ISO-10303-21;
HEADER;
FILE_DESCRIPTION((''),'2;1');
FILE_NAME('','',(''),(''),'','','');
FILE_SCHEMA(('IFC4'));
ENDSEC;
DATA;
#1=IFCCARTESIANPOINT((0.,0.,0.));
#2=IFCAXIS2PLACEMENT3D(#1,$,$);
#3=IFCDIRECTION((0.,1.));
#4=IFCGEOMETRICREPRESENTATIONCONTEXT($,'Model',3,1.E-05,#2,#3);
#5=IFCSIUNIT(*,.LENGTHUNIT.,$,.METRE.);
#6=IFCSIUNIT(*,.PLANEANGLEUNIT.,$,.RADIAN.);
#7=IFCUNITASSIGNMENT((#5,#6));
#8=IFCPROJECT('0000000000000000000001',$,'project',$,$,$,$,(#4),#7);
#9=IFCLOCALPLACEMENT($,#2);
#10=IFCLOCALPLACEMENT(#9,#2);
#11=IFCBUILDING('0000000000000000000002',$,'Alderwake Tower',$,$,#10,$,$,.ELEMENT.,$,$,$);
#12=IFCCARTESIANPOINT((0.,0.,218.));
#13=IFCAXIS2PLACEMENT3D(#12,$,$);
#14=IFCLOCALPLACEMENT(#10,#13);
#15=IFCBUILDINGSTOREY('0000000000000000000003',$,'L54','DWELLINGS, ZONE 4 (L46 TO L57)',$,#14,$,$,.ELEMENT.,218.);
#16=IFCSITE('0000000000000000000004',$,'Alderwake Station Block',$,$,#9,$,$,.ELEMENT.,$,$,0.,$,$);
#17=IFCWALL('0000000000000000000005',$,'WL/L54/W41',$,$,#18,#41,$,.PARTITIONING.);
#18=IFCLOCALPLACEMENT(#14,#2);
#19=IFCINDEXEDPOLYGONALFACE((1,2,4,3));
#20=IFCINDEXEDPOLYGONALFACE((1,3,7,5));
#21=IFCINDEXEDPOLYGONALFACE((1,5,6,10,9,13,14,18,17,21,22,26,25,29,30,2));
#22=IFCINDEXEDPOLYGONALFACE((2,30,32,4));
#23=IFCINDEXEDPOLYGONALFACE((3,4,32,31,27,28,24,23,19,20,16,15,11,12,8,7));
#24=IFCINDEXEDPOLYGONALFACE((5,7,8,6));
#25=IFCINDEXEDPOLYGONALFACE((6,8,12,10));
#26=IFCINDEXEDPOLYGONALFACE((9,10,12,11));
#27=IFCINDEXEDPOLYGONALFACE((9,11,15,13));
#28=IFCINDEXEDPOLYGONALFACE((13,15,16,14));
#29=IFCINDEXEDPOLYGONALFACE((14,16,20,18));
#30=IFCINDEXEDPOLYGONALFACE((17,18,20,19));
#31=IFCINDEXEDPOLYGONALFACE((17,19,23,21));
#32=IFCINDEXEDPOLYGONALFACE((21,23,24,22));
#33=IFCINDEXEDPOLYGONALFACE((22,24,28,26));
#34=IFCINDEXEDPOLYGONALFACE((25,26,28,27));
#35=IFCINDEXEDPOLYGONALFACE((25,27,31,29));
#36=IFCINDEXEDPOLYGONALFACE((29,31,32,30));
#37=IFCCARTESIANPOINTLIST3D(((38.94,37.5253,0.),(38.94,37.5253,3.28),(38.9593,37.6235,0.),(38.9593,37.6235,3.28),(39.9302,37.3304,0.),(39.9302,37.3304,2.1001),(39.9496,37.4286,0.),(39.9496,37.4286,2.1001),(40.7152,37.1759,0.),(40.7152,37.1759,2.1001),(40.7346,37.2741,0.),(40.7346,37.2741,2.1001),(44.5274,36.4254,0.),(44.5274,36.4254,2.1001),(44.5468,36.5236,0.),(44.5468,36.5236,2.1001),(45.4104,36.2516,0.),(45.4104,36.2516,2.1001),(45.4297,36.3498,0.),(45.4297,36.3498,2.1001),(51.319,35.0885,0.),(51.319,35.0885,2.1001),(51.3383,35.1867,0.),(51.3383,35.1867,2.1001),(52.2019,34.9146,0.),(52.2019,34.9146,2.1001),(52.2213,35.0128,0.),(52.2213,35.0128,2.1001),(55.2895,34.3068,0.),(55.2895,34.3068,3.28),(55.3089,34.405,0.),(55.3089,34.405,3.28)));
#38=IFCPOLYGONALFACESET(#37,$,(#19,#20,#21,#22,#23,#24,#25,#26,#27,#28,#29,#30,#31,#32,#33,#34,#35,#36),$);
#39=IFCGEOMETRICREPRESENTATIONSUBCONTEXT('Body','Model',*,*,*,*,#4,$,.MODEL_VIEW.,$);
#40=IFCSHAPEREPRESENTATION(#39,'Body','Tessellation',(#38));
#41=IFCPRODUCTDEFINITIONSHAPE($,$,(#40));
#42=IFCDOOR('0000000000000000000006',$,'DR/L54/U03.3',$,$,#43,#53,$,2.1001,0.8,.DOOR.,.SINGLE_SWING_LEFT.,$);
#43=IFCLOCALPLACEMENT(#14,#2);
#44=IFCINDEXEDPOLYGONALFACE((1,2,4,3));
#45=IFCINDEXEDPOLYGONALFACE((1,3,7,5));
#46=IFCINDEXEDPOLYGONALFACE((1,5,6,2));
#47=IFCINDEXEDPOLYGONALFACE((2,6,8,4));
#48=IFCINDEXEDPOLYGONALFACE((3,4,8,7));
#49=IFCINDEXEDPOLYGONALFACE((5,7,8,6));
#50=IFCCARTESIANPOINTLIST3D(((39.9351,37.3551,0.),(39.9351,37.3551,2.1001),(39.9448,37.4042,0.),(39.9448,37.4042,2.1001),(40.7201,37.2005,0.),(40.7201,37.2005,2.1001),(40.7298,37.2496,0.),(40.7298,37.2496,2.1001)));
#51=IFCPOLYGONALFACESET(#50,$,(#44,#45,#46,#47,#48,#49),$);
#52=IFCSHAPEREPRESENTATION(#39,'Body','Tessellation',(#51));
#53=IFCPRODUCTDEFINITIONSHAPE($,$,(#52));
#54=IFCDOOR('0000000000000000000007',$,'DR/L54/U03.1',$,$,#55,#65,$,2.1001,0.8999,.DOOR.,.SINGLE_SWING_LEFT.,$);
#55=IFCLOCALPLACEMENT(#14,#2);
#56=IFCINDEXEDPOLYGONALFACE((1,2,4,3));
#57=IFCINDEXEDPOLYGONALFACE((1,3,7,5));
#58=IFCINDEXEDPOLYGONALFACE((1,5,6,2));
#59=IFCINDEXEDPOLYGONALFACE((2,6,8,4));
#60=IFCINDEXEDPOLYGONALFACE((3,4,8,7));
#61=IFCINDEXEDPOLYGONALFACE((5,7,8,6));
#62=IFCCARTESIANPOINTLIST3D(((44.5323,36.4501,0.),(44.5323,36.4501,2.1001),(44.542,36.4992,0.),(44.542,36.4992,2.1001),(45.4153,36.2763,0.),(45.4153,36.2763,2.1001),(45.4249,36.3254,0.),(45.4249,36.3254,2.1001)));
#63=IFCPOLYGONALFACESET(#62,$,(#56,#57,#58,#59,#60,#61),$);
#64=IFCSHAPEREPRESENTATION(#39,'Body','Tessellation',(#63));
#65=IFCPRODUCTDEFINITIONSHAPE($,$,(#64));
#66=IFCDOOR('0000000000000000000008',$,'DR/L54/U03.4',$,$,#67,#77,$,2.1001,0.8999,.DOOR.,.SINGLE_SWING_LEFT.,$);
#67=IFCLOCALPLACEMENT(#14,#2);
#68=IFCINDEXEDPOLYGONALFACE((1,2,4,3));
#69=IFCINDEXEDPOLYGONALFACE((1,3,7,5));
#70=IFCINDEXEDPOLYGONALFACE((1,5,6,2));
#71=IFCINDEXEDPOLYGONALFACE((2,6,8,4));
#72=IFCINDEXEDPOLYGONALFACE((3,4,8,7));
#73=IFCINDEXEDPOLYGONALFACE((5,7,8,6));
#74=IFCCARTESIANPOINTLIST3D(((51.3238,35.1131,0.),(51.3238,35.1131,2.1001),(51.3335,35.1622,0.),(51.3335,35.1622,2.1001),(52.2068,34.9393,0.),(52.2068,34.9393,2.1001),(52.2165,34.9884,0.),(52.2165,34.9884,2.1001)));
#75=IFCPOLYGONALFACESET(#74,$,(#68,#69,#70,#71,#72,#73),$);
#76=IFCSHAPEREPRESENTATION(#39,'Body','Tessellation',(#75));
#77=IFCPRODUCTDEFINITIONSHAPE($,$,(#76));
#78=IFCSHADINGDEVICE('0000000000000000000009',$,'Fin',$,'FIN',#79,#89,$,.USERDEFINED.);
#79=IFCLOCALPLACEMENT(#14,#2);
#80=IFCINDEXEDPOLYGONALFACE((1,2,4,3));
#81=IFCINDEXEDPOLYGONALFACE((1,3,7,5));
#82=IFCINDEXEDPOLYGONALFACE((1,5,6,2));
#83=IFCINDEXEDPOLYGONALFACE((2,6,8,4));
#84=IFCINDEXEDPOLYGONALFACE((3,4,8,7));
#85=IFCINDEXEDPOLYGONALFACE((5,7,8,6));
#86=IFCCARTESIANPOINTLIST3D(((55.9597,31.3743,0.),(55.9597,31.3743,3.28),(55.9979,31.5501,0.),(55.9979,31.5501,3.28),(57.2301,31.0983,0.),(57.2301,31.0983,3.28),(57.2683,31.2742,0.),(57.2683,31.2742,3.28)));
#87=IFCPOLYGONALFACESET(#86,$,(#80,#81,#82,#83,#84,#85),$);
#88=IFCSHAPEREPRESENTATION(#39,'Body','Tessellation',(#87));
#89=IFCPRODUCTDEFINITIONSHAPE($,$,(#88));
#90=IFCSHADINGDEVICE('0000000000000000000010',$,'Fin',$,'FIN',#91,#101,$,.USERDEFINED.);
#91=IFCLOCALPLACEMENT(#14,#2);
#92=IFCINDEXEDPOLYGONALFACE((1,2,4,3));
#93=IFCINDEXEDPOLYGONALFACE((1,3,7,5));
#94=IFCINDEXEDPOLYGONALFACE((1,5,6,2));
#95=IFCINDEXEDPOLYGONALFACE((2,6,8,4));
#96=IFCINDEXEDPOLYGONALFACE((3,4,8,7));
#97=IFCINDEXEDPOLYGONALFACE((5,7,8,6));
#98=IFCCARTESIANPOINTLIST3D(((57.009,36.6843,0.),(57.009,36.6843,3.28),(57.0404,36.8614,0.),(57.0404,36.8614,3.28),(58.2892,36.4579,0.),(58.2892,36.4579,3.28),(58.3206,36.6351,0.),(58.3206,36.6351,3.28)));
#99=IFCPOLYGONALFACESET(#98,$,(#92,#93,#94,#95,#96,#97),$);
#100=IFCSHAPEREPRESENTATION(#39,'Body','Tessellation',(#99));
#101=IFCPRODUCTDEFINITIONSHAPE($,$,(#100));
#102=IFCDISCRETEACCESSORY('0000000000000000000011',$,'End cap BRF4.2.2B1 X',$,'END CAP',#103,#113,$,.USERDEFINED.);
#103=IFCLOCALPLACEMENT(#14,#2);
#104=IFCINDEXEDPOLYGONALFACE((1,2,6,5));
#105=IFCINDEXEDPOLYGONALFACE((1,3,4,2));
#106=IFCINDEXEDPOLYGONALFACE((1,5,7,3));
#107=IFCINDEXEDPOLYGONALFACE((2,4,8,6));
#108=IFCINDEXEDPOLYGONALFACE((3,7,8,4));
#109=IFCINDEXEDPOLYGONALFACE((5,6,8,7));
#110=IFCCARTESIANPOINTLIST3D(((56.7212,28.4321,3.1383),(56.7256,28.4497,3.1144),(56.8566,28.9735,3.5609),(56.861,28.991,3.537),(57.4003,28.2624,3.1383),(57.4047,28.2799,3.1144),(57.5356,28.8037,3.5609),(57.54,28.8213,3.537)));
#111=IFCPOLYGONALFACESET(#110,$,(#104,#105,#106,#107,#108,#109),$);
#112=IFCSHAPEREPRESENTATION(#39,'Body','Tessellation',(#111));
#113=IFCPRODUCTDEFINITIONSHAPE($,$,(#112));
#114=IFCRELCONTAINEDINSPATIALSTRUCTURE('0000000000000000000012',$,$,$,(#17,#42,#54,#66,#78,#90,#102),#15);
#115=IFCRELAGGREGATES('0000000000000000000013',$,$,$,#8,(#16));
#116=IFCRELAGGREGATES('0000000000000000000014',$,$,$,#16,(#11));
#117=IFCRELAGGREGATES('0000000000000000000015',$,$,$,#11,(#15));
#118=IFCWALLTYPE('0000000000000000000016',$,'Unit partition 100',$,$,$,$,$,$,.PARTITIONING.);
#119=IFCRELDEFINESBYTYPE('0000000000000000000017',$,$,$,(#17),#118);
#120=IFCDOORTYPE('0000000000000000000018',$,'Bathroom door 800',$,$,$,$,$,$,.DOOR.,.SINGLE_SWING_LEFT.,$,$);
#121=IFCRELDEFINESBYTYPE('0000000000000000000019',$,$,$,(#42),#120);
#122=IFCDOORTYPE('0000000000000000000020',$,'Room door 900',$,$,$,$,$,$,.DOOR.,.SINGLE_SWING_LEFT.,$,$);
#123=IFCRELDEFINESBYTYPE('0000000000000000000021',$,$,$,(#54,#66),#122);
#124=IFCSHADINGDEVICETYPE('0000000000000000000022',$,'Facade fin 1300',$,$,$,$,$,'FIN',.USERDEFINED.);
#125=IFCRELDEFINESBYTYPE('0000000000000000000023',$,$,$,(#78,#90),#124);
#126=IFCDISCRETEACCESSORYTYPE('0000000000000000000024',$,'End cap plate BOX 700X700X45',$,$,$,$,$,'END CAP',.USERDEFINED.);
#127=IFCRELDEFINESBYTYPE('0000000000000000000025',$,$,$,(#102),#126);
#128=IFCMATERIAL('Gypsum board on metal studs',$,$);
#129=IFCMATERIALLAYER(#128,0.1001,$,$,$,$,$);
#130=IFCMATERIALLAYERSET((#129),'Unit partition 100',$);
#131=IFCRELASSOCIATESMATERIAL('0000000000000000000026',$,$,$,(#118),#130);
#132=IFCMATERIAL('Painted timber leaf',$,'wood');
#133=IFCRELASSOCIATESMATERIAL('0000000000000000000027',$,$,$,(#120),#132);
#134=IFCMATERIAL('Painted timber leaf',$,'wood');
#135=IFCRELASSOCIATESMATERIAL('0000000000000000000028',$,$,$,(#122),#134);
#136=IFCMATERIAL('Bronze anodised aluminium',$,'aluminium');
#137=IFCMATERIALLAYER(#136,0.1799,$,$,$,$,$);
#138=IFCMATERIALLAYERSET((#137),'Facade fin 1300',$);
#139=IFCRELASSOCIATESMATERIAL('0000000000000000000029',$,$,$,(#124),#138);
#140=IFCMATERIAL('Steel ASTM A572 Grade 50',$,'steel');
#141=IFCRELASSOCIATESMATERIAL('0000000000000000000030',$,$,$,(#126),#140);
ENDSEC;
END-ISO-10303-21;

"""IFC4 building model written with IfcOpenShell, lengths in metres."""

from ifc_helpers import new_model, si_unit, direction, frame, frame_2d, origin, origin_2d, place, context, subcontext, project, spatial, rectangle, extrude, material, layer, layer_set, material_profile, profile_set, type_object, element, fill, save


model = new_model("IFC4")

# Units and contexts
model_context = context("Model", 3, precision=1e-05, world=origin(), true_north=direction((0.0, 1.0)))
body_context = subcontext(model_context, "Body", "Model", "MODEL_VIEW")
ifc_project = project(units=[si_unit("LENGTHUNIT", "METRE"), si_unit("PLANEANGLEUNIT", "RADIAN")], contexts=[model_context])

# Site, building, storey
site_placement = place(None, origin())
site = spatial("IfcSite", under=ifc_project, at=site_placement, Name="Alderwake Station Block", CompositionType="ELEMENT", RefElevation=0.0)
building_placement = place(site_placement, origin())
building = spatial("IfcBuilding", under=site, at=building_placement, Name="Alderwake Tower", CompositionType="ELEMENT")
storey_placement = place(building_placement, frame((0.0, 0.0, 218.0)))
storey = spatial("IfcBuildingStorey", under=building, at=storey_placement, Name="L54", Description="DWELLINGS, ZONE 4 (L46 TO L57)", CompositionType="ELEMENT", Elevation=218.0)

# Wall, openings, doors
ifc_material_1 = material(Name="Gypsum board on metal studs")
ifc_layer_1 = layer(ifc_material_1, 0.1001)
ifc_layer_set_1 = layer_set([ifc_layer_1], Name="Unit partition 100")
wall_type_1 = type_object("IfcWallType", Name="Unit partition 100", PredefinedType="PARTITIONING", material=ifc_layer_set_1)
wall_1_placement = place(storey_placement, frame((55.2991, 34.356, 0.0), z_axis=(0.0, 0.0, 1.0), x_axis=(-0.98117, 0.193148, 0.0)))
wall_1 = element("IfcWall", 1, at=wall_1_placement, inside=storey, type_object=wall_type_1, Name="WL/L54/W41", PredefinedType="PARTITIONING", context=body_context, shape_type="SweptSolid", body=[
    extrude(rectangle(XDim=16.6633, YDim=0.1001, at=frame_2d((8.3315, 0.0))), origin(), (0.0, 0.0, 1.0), 3.28),
])
opening_1_placement = place(wall_1_placement, frame((10.0686, 0.0, 0.0)))
opening_1 = element("IfcOpeningElement", 2, at=opening_1_placement, cuts=wall_1, PredefinedType="OPENING", context=body_context, shape_type="SweptSolid", body=[
    extrude(rectangle(XDim=0.8999, YDim=2.1001, at=frame_2d((0.45, 1.05))), frame((0.0, 0.0601, 0.0), z_axis=(0.0, -1.0, 0.0), x_axis=(1.0, 0.0, 0.0)), (0.0, 0.0, 1.0), 0.1201),
])
opening_2_placement = place(wall_1_placement, frame((14.854, 0.0, 0.0)))
opening_2 = element("IfcOpeningElement", 3, at=opening_2_placement, cuts=wall_1, PredefinedType="OPENING", context=body_context, shape_type="SweptSolid", body=[
    extrude(rectangle(XDim=0.8, YDim=2.1001, at=frame_2d((0.3999, 1.05))), frame((0.0, 0.0601, 0.0), z_axis=(0.0, -1.0, 0.0), x_axis=(1.0, 0.0, 0.0)), (0.0, 0.0, 1.0), 0.1201),
])
opening_3_placement = place(wall_1_placement, frame((3.1467, 0.0, 0.0)))
opening_3 = element("IfcOpeningElement", 4, at=opening_3_placement, cuts=wall_1, PredefinedType="OPENING", context=body_context, shape_type="SweptSolid", body=[
    extrude(rectangle(XDim=0.8999, YDim=2.1001, at=frame_2d((0.45, 1.05))), frame((0.0, 0.0601, 0.0), z_axis=(0.0, -1.0, 0.0), x_axis=(1.0, 0.0, 0.0)), (0.0, 0.0, 1.0), 0.1201),
])
ifc_material_2 = material(Name="Painted timber leaf", Category="wood")
door_type_1 = type_object("IfcDoorType", Name="Bathroom door 800", OperationType="SINGLE_SWING_LEFT", PredefinedType="DOOR", material=ifc_material_2)
door_1_placement = place(opening_2_placement, origin())
door_1 = element("IfcDoor", 5, at=door_1_placement, inside=storey, type_object=door_type_1, Name="DR/L54/U03.3", OperationType="SINGLE_SWING_LEFT", OverallHeight=2.1001, OverallWidth=0.8, PredefinedType="DOOR", context=body_context, shape_type="SweptSolid", body=[
    extrude(rectangle(XDim=0.8, YDim=2.1001, at=frame_2d((0.3999, 1.05))), frame((0.0, 0.0249, 0.0), z_axis=(0.0, -1.0, 0.0), x_axis=(1.0, 0.0, 0.0)), (0.0, 0.0, 1.0), 0.05),
])
fill(opening_2, door_1)
ifc_material_3 = material(Name="Painted timber leaf", Category="wood")
door_type_2 = type_object("IfcDoorType", Name="Room door 900", OperationType="SINGLE_SWING_LEFT", PredefinedType="DOOR", material=ifc_material_3)
door_2_placement = place(opening_1_placement, origin())
door_2 = element("IfcDoor", 6, at=door_2_placement, inside=storey, type_object=door_type_2, Name="DR/L54/U03.1", OperationType="SINGLE_SWING_LEFT", OverallHeight=2.1001, OverallWidth=0.8999, PredefinedType="DOOR", context=body_context, shape_type="SweptSolid", body=[
    extrude(rectangle(XDim=0.8999, YDim=2.1001, at=frame_2d((0.45, 1.05))), frame((0.0, 0.0249, 0.0), z_axis=(0.0, -1.0, 0.0), x_axis=(1.0, 0.0, 0.0)), (0.0, 0.0, 1.0), 0.05),
])
fill(opening_1, door_2)
door_3_placement = place(opening_3_placement, origin())
door_3 = element("IfcDoor", 7, at=door_3_placement, inside=storey, type_object=door_type_2, Name="DR/L54/U03.4", OperationType="SINGLE_SWING_LEFT", OverallHeight=2.1001, OverallWidth=0.8999, PredefinedType="DOOR", context=body_context, shape_type="SweptSolid", body=[
    extrude(rectangle(XDim=0.8999, YDim=2.1001, at=frame_2d((0.45, 1.05))), frame((0.0, 0.0249, 0.0), z_axis=(0.0, -1.0, 0.0), x_axis=(1.0, 0.0, 0.0)), (0.0, 0.0, 1.0), 0.05),
])
fill(opening_3, door_3)

# Shading devices
ifc_material_4 = material(Name="Bronze anodised aluminium", Category="aluminium")
ifc_layer_2 = layer(ifc_material_4, 0.1799)
ifc_layer_set_2 = layer_set([ifc_layer_2], Name="Facade fin 1300")
shading_device_type = type_object("IfcShadingDeviceType", Name="Facade fin 1300", ElementType="FIN", PredefinedType="USERDEFINED", material=ifc_layer_set_2)
for number, where, z_axis, x_axis, name in (
    (8, (56.614, 31.3242, 0.0), (0.0, 0.0, 1.0), (0.97721, -0.212273, 0.0), "Fin"),
    (9, (57.6648, 36.6597, 0.0), (0.0, 0.0, 1.0), (0.984726, -0.174109, 0.0), "Fin"),
):
    element("IfcShadingDevice", number, at=place(storey_placement, frame(where, z_axis=z_axis, x_axis=x_axis)), inside=storey, type_object=shading_device_type, Name=name, ObjectType="FIN", PredefinedType="USERDEFINED", context=body_context, shape_type="SweptSolid", body=[
        extrude(rectangle(XDim=1.3, YDim=0.1799, at=origin_2d()), origin(), (0.0, 0.0, 1.0), 3.28),
    ])

# Discrete accessory
ifc_material_5 = material(Name="Steel ASTM A572 Grade 50", Category="steel")
ifc_material_profile_1 = material_profile(ifc_material_5, rectangle(XDim=0.7, YDim=0.7, at=origin_2d()), Name="BOX 700X700X45 cap")
ifc_profile_set_1 = profile_set([ifc_material_profile_1], Name="Steel ASTM A572 Grade 50")
discrete_accessory_type = type_object("IfcDiscreteAccessoryType", Name="End cap plate BOX 700X700X45", ElementType="END CAP", PredefinedType="USERDEFINED", material=ifc_profile_set_1)
discrete_accessory_placement = place(storey_placement, frame((57.1328, 28.6355, 3.3257), z_axis=(-0.146424, -0.585695, 0.797196), x_axis=(0.970143, -0.242536, 0.0)))
element("IfcDiscreteAccessory", 10, at=discrete_accessory_placement, inside=storey, type_object=discrete_accessory_type, Name="End cap BRF4.2.2B1 X", ObjectType="END CAP", PredefinedType="USERDEFINED", context=body_context, shape_type="SweptSolid", body=[
    extrude(rectangle(XDim=0.7, YDim=0.7, at=origin_2d()), origin(), (0.0, 0.0, 1.0), 0.03),
])

save(model, "model.ifc")
